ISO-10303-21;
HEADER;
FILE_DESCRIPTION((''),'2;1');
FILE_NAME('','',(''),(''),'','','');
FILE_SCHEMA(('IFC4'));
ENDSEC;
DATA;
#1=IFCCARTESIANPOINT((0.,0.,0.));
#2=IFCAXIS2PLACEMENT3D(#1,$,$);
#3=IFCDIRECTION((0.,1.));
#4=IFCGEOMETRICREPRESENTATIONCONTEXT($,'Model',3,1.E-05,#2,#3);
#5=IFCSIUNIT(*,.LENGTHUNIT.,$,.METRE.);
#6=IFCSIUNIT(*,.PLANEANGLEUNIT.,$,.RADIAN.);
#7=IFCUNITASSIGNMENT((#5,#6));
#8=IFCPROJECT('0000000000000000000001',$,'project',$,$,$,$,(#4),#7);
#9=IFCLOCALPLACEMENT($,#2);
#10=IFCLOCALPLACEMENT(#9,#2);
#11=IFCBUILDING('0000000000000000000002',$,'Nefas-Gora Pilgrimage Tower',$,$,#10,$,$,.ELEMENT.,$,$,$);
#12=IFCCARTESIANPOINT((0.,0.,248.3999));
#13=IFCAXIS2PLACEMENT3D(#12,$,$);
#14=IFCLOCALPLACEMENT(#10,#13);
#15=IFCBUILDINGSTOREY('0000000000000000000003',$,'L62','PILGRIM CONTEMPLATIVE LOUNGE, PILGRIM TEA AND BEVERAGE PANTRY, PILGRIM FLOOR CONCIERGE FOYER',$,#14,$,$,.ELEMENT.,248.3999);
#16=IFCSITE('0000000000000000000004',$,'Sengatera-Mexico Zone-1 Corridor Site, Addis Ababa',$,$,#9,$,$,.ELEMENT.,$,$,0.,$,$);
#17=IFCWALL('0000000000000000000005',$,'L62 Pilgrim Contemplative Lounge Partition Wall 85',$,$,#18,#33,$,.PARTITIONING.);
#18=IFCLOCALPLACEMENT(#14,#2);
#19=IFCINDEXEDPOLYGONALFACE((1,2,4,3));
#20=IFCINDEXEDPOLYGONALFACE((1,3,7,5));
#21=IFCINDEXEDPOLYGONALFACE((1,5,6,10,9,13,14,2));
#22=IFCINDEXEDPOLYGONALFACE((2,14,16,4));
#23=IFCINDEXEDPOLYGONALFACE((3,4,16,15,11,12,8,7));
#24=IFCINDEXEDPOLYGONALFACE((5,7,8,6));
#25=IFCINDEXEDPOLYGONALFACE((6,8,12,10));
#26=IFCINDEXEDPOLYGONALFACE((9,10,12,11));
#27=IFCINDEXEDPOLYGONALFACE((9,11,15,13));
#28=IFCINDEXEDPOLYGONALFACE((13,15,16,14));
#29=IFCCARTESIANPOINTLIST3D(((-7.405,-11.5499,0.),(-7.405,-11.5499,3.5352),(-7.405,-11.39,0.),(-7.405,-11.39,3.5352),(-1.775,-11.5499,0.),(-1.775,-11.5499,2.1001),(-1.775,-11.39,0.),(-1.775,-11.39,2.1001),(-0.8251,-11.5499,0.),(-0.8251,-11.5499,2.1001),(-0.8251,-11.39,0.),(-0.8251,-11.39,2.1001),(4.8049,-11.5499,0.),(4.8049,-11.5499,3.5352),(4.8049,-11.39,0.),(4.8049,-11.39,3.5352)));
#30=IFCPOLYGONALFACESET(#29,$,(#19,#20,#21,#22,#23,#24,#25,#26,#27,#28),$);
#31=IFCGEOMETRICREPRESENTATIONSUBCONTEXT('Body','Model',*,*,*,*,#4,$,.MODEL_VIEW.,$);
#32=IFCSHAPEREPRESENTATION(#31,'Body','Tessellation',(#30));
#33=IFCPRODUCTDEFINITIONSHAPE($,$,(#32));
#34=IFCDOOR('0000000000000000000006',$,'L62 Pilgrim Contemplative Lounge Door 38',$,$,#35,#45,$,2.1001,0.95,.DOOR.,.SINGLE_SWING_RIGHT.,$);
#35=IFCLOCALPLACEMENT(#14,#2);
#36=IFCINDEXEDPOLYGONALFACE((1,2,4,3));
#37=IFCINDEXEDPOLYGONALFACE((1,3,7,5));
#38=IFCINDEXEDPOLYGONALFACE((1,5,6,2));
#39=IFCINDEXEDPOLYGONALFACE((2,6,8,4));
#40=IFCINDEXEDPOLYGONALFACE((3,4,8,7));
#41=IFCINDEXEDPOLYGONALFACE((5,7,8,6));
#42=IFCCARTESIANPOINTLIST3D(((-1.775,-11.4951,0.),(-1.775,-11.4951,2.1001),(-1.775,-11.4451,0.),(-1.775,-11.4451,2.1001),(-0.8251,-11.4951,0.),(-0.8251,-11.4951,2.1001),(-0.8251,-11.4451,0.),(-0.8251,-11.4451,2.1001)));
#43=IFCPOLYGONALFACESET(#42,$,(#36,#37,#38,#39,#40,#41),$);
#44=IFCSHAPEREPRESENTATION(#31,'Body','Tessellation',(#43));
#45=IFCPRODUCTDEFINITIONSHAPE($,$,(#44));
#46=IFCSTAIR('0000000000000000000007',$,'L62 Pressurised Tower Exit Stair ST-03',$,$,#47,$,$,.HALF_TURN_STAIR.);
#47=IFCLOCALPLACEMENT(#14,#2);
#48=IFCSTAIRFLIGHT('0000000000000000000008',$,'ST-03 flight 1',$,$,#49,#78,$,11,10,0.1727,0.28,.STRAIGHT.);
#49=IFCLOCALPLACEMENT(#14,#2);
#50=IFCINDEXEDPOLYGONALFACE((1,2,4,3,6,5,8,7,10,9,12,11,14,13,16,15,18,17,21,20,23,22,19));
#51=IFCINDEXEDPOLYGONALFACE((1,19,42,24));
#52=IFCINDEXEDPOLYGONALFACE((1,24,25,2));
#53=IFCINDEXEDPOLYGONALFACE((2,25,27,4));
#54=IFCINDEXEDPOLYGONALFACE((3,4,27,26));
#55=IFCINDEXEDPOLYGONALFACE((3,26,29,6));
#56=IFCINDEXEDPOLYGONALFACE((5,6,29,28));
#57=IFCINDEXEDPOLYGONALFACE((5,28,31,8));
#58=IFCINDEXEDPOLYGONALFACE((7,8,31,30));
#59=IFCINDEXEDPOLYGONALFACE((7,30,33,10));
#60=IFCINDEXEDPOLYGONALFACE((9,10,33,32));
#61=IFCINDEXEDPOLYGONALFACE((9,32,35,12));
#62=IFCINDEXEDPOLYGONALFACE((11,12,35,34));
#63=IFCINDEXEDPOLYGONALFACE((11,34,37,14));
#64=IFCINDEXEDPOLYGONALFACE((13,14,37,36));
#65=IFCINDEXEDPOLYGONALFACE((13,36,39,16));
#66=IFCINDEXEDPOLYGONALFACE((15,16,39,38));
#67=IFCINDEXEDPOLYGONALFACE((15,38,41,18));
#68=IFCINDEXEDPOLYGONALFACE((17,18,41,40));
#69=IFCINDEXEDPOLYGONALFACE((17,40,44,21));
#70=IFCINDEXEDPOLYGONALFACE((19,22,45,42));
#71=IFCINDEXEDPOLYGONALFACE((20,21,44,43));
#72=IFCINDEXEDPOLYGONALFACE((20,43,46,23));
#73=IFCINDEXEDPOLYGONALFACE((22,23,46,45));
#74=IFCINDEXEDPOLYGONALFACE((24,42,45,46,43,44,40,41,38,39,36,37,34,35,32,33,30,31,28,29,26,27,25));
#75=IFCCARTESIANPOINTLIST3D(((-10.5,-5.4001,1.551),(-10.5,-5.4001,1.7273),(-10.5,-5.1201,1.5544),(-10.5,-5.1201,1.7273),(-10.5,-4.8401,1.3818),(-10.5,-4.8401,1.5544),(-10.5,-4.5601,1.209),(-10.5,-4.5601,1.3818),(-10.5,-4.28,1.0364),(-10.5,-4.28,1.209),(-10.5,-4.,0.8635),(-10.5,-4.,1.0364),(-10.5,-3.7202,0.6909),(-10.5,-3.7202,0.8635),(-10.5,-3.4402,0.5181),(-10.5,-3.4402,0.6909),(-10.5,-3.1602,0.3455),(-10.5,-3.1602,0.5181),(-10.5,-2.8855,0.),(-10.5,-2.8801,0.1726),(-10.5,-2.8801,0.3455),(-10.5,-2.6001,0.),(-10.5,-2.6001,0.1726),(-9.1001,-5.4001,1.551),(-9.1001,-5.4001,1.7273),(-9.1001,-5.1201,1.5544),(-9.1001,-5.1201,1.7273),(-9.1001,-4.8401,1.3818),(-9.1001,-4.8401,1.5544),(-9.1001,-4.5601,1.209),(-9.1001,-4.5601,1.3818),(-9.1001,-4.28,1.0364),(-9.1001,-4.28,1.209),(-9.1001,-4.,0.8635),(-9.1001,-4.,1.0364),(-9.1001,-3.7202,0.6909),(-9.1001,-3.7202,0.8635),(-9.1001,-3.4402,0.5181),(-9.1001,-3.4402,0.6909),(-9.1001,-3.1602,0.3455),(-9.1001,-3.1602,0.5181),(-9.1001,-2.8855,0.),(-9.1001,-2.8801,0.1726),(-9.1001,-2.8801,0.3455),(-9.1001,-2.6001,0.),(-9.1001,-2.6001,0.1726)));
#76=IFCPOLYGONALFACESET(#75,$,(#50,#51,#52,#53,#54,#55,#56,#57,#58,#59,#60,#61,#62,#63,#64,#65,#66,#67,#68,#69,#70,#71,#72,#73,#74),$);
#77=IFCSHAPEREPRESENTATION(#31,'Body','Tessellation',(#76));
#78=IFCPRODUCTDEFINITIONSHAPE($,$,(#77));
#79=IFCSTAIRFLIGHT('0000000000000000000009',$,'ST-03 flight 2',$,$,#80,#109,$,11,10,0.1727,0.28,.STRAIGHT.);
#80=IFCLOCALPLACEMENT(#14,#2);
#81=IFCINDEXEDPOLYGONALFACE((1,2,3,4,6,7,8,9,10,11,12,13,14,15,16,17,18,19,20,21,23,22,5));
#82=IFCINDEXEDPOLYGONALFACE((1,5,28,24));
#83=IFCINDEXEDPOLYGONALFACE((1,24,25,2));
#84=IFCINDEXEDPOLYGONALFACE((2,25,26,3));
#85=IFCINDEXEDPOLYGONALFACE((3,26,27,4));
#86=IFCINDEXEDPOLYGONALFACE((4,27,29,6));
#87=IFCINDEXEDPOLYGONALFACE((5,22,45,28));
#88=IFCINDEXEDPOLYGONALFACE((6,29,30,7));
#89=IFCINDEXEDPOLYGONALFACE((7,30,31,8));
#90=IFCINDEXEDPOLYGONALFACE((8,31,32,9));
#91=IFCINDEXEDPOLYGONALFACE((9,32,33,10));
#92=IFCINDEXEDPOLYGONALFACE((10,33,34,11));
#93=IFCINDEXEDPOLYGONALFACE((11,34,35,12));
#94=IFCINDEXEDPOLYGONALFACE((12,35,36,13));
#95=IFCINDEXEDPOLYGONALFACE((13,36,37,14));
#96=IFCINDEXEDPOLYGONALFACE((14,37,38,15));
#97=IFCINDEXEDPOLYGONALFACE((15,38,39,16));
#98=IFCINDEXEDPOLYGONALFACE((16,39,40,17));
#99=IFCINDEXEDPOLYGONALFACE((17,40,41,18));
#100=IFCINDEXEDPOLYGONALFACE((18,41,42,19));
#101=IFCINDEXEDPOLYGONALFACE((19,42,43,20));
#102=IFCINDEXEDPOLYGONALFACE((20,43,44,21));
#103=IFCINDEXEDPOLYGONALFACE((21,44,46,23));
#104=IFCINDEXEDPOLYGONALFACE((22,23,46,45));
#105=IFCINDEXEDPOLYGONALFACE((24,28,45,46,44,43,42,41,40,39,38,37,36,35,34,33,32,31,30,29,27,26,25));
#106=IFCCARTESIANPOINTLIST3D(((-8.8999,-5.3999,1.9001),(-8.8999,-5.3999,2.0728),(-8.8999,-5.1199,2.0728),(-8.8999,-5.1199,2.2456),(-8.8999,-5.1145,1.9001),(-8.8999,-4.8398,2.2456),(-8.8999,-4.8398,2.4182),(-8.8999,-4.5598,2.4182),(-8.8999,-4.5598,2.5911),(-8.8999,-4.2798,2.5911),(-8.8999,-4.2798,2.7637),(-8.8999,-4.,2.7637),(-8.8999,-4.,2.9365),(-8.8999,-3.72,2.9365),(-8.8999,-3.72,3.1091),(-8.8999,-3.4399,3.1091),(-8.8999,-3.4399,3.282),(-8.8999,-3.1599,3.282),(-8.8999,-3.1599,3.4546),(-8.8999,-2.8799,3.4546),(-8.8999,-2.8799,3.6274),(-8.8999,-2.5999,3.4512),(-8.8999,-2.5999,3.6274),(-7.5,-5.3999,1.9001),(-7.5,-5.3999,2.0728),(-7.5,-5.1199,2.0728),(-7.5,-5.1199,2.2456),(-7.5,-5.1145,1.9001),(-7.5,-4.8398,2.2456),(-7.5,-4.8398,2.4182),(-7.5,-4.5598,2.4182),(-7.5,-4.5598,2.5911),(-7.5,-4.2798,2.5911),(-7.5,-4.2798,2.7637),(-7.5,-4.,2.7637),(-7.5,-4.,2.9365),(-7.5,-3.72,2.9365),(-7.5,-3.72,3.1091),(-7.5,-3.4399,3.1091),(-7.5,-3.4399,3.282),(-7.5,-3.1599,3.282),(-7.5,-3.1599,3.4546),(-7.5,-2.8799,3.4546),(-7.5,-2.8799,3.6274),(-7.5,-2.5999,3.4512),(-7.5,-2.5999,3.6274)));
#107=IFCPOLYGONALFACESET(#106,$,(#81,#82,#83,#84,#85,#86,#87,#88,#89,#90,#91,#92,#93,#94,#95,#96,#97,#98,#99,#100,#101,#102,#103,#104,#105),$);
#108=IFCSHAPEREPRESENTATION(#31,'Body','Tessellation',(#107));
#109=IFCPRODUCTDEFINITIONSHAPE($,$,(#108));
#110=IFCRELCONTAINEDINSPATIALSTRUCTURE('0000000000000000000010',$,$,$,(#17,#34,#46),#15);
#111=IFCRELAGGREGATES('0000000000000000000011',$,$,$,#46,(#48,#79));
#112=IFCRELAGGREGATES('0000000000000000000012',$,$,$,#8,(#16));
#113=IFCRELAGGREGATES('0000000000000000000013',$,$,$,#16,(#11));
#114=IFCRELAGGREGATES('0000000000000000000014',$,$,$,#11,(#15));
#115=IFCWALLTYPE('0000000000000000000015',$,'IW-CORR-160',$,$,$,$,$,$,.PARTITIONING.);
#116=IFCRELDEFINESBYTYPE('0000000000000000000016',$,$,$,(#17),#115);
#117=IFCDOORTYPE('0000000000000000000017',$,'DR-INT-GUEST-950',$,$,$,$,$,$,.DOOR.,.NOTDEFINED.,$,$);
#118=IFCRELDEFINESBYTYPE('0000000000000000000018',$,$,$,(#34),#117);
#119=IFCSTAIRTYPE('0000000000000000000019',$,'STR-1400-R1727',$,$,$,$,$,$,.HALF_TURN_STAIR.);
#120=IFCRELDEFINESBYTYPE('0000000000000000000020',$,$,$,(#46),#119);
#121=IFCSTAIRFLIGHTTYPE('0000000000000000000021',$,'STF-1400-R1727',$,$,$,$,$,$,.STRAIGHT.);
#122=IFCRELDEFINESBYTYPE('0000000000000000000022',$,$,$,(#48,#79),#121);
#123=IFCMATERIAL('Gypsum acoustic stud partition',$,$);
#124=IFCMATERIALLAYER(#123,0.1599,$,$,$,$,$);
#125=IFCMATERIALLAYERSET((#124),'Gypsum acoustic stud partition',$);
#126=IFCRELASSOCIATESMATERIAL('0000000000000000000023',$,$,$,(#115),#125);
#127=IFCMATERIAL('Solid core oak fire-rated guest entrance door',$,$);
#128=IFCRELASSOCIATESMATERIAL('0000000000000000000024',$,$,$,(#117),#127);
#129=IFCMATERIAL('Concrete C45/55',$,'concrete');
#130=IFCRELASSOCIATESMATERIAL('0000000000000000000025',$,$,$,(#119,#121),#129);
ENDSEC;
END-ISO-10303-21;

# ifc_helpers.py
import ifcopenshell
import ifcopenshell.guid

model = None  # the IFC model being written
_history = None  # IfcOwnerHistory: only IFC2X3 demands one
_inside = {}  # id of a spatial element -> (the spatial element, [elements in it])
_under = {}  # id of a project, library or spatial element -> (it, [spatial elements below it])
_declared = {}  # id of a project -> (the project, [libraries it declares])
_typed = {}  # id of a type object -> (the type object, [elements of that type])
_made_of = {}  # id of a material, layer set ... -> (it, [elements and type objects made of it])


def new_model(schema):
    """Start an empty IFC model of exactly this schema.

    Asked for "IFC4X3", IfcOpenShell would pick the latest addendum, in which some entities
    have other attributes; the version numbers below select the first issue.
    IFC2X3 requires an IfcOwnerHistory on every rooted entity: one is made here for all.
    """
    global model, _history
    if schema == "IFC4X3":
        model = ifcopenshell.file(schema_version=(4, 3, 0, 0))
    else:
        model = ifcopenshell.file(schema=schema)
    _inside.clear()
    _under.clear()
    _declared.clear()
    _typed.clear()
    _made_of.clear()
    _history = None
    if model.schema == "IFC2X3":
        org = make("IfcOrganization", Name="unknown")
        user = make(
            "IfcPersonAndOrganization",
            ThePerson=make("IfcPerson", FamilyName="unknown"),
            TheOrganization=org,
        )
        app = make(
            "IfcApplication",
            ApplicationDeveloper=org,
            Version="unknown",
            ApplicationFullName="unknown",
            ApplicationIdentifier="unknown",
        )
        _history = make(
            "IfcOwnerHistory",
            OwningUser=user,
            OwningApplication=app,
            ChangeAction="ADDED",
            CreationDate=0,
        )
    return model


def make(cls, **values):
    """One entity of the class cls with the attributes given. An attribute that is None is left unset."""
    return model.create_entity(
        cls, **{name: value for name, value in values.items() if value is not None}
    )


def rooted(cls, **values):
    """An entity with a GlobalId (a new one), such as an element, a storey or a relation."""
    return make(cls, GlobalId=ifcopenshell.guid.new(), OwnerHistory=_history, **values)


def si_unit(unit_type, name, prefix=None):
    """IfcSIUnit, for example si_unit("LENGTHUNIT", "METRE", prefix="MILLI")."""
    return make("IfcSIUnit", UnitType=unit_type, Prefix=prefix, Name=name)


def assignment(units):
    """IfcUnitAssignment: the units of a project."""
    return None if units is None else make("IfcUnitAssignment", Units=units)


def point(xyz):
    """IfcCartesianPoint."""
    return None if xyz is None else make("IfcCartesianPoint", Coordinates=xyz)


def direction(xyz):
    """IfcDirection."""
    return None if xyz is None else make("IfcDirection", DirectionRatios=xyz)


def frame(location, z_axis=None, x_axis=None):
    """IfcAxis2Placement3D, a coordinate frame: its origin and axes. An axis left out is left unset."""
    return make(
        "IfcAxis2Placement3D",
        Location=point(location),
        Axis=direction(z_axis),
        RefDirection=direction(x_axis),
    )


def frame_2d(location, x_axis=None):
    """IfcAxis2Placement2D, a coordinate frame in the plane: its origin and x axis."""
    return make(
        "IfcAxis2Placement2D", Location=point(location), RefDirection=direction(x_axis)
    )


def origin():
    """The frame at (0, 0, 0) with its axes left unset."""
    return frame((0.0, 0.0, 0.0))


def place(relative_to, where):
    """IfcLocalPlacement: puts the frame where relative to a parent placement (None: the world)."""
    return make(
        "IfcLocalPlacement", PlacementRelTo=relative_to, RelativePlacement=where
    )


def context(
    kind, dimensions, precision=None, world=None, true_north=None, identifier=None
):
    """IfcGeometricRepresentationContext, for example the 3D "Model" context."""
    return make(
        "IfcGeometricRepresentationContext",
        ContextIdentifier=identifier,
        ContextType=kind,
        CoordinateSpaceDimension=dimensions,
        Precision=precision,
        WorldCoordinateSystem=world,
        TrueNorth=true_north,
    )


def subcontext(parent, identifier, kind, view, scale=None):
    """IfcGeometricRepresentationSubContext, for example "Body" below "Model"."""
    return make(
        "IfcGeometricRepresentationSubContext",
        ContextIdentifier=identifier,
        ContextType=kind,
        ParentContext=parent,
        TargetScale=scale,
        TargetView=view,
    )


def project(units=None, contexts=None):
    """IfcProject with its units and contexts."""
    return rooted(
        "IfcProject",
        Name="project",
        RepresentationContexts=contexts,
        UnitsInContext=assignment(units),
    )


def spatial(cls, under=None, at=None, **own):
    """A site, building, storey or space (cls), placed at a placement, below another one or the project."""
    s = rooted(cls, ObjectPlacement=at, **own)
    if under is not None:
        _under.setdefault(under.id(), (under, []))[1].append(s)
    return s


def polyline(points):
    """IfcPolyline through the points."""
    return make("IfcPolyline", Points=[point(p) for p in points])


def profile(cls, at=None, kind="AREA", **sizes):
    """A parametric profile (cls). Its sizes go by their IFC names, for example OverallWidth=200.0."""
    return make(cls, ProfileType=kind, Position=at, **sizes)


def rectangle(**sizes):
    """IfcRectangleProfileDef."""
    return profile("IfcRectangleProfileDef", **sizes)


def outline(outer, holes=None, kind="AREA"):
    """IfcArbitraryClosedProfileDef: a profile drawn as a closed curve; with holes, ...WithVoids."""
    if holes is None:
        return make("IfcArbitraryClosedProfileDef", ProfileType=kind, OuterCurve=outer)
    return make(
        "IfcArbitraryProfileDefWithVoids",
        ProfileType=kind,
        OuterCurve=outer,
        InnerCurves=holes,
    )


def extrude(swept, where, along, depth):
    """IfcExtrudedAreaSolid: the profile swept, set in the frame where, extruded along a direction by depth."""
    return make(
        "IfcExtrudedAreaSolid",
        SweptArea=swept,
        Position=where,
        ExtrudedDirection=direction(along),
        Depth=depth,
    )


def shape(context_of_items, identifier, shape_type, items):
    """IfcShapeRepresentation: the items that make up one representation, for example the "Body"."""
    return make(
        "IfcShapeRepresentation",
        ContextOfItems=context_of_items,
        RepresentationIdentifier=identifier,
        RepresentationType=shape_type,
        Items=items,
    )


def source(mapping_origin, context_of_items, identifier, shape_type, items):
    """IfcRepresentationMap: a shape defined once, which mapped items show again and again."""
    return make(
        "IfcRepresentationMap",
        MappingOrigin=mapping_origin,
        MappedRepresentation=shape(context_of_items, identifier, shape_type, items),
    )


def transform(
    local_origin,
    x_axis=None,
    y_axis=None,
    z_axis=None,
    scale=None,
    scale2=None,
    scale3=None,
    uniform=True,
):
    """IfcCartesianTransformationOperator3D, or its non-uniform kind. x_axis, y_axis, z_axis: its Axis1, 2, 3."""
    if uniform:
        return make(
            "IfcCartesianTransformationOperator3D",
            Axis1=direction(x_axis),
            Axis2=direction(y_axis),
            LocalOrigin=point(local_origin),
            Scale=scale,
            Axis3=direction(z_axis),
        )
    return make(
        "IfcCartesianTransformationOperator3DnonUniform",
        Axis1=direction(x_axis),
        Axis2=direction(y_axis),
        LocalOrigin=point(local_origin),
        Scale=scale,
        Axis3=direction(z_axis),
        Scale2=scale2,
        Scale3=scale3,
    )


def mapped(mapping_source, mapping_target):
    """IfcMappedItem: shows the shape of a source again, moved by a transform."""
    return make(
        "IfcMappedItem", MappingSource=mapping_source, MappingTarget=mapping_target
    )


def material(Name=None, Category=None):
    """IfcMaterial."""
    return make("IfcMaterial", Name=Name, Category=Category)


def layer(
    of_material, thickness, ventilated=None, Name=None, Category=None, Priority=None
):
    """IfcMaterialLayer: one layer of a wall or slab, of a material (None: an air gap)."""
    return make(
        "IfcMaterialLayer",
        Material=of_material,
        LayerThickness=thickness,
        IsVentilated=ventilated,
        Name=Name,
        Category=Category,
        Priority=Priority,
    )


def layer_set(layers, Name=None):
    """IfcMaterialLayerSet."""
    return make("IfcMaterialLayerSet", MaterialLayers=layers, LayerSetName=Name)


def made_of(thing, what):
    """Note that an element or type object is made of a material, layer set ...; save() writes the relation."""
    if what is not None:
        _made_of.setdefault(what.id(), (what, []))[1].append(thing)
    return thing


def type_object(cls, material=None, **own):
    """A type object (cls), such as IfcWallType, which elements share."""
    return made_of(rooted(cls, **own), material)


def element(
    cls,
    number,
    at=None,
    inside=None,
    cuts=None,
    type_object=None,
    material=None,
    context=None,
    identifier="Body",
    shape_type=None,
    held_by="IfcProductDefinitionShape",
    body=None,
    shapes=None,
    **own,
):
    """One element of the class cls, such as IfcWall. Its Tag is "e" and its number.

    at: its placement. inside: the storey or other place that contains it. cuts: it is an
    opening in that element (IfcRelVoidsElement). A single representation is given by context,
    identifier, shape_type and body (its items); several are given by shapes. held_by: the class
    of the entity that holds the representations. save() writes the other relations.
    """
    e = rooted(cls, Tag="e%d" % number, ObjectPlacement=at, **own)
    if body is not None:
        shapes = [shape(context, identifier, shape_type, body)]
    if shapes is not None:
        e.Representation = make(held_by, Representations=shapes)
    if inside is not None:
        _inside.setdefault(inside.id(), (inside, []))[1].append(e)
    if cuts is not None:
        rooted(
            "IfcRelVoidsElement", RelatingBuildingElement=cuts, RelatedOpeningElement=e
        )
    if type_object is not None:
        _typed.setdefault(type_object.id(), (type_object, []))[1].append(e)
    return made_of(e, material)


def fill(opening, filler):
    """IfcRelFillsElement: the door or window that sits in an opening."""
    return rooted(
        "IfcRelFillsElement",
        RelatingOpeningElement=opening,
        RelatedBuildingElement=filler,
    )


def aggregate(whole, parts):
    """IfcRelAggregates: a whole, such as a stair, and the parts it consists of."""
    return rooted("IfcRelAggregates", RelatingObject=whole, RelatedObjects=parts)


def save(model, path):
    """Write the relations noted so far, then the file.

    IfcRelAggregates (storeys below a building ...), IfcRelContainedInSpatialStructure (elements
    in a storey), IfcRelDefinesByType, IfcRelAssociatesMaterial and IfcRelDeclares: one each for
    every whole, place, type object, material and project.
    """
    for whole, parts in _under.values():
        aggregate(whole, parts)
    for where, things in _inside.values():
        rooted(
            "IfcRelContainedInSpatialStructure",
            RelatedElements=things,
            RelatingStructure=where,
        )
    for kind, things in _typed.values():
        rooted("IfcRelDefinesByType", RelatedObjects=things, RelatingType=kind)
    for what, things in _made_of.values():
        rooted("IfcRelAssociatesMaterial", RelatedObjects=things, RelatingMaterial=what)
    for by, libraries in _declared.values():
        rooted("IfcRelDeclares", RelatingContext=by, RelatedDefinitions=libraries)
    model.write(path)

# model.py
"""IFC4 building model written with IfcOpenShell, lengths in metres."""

from ifc_helpers import new_model, si_unit, direction, frame, frame_2d, origin, place, context, subcontext, project, spatial, polyline, rectangle, outline, extrude, source, transform, mapped, material, layer, layer_set, type_object, element, fill, aggregate, save


model = new_model("IFC4")

# Units and contexts
model_context = context("Model", 3, precision=1e-05, world=origin(), true_north=direction((0.0, 1.0)))
body_context = subcontext(model_context, "Body", "Model", "MODEL_VIEW")
ifc_project = project(units=[si_unit("LENGTHUNIT", "METRE"), si_unit("PLANEANGLEUNIT", "RADIAN")], contexts=[model_context])

# Site, building, storey
site_placement = place(None, origin())
site = spatial("IfcSite", under=ifc_project, at=site_placement, Name="Sengatera-Mexico Zone-1 Corridor Site, Addis Ababa", CompositionType="ELEMENT", RefElevation=0.0)
building_placement = place(site_placement, origin())
building = spatial("IfcBuilding", under=site, at=building_placement, Name="Nefas-Gora Pilgrimage Tower", CompositionType="ELEMENT")
storey_placement = place(building_placement, frame((0.0, 0.0, 248.3999)))
storey = spatial("IfcBuildingStorey", under=building, at=storey_placement, Name="L62", Description="PILGRIM CONTEMPLATIVE LOUNGE, PILGRIM TEA AND BEVERAGE PANTRY, PILGRIM FLOOR CONCIERGE FOYER", CompositionType="ELEMENT", Elevation=248.3999)

# Shared definitions
ifc_material_1 = material(Name="Concrete C45/55", Category="concrete")

# Shared definitions
ifc_material_2 = material(Name="Gypsum acoustic stud partition")
ifc_layer_1 = layer(ifc_material_2, 0.1599)
ifc_layer_set_1 = layer_set([ifc_layer_1], Name="Gypsum acoustic stud partition")
wall_type_1 = type_object("IfcWallType", Name="IW-CORR-160", PredefinedType="PARTITIONING", material=ifc_layer_set_1)

# Wall, opening, door
shared_shape_1 = source(origin(), body_context, "Body", "SweptSolid", [
    extrude(rectangle(XDim=12.21, YDim=0.1599, at=frame_2d((6.105, 0.0))), origin(), (0.0, 0.0, 1.0), 3.5352),
])
wall_1_placement = place(storey_placement, frame((-7.405, -11.47, 0.0), z_axis=(0.0, 0.0, 1.0), x_axis=(1.0, 0.0, 0.0)))
wall_1 = element("IfcWall", 1, at=wall_1_placement, inside=storey, type_object=wall_type_1, Name="L62 Pilgrim Contemplative Lounge Partition Wall 85", PredefinedType="PARTITIONING", context=body_context, shape_type="MappedRepresentation", body=[
    mapped(shared_shape_1, transform((0.0, 0.0, 0.0), x_axis=(1.0, 0.0, 0.0), y_axis=(0.0, 1.0, 0.0), z_axis=(0.0, 0.0, 1.0), scale=1.0)),
])
opening_1_placement = place(wall_1_placement, frame((5.6299, 0.0, 0.0)))
opening_1 = element("IfcOpeningElement", 2, at=opening_1_placement, cuts=wall_1, PredefinedType="OPENING", context=body_context, shape_type="SweptSolid", body=[
    extrude(rectangle(XDim=0.95, YDim=2.1001, at=frame_2d((0.4751, 1.05))), frame((0.0, 0.0898, 0.0), z_axis=(0.0, -1.0, 0.0), x_axis=(1.0, 0.0, 0.0)), (0.0, 0.0, 1.0), 0.1799),
])
ifc_material_3 = material(Name="Solid core oak fire-rated guest entrance door")
door_type_1 = type_object("IfcDoorType", Name="DR-INT-GUEST-950", OperationType="NOTDEFINED", PredefinedType="DOOR", material=ifc_material_3)
shared_shape_2 = source(origin(), body_context, "Body", "SweptSolid", [
    extrude(rectangle(XDim=0.95, YDim=2.1001, at=frame_2d((0.4751, 1.05))), frame((0.0, 0.0249, 0.0), z_axis=(0.0, -1.0, 0.0), x_axis=(1.0, 0.0, 0.0)), (0.0, 0.0, 1.0), 0.05),
])
door_1_placement = place(opening_1_placement, origin())
door_1 = element("IfcDoor", 3, at=door_1_placement, inside=storey, type_object=door_type_1, Name="L62 Pilgrim Contemplative Lounge Door 38", OperationType="SINGLE_SWING_RIGHT", OverallHeight=2.1001, OverallWidth=0.95, PredefinedType="DOOR", context=body_context, shape_type="MappedRepresentation", body=[
    mapped(shared_shape_2, transform((0.0, 0.0, 0.0), x_axis=(1.0, 0.0, 0.0), y_axis=(0.0, 1.0, 0.0), z_axis=(0.0, 0.0, 1.0), scale=1.0)),
])
fill(opening_1, door_1)

# Stair, stair flights
stair_type = type_object("IfcStairType", Name="STR-1400-R1727", PredefinedType="HALF_TURN_STAIR", material=ifc_material_1)
stair_placement = place(storey_placement, origin())
stair = element("IfcStair", 4, at=stair_placement, inside=storey, type_object=stair_type, Name="L62 Pressurised Tower Exit Stair ST-03", PredefinedType="HALF_TURN_STAIR")
stair_flight_type = type_object("IfcStairFlightType", Name="STF-1400-R1727", PredefinedType="STRAIGHT", material=ifc_material_1)
shared_shape_3 = source(origin(), body_context, "Body", "SweptSolid", [
    extrude(outline(polyline([(0.0, 0.0), (0.0, 0.1726), (0.28, 0.1726), (0.28, 0.3455), (0.5601, 0.3455), (0.5601, 0.5181), (0.8401, 0.5181), (0.8401, 0.6909), (1.1201, 0.6909), (1.1201, 0.8635), (1.3999, 0.8635), (1.3999, 1.0364), (1.6799, 1.0364), (1.6799, 1.209), (1.96, 1.209), (1.96, 1.3818), (2.24, 1.3818), (2.24, 1.5544), (2.52, 1.5544), (2.52, 1.7273), (2.8, 1.7273), (2.8, 1.8999), (2.8, 1.551), (0.2854, 0.0), (0.0, 0.0)])), frame((0.0, 0.7, 0.0), z_axis=(0.0, -1.0, 0.0), x_axis=(1.0, 0.0, 0.0)), (0.0, 0.0, 1.0), 1.3999),
])
stair_flight_1_placement = place(storey_placement, frame((-9.8, -2.6001, 0.0), z_axis=(0.0, 0.0, 1.0), x_axis=(0.0, -1.0, 0.0)))
stair_flight_1 = element("IfcStairFlight", 5, at=stair_flight_1_placement, type_object=stair_flight_type, Name="ST-03 flight 1", NumberOfRisers=11, NumberOfTreads=10, PredefinedType="STRAIGHT", RiserHeight=0.1727, TreadLength=0.28, context=body_context, shape_type="MappedRepresentation", body=[
    mapped(shared_shape_3, transform((0.0, 0.0, 0.0), x_axis=(1.0, 0.0, 0.0), y_axis=(0.0, 1.0, 0.0), z_axis=(0.0, 0.0, 1.0), scale=1.0)),
])
stair_flight_2_placement = place(storey_placement, frame((-8.2, -5.3999, 1.9001), z_axis=(0.0, 0.0, 1.0), x_axis=(0.0, 1.0, 0.0)))
stair_flight_2 = element("IfcStairFlight", 6, at=stair_flight_2_placement, type_object=stair_flight_type, Name="ST-03 flight 2", NumberOfRisers=11, NumberOfTreads=10, PredefinedType="STRAIGHT", RiserHeight=0.1727, TreadLength=0.28, context=body_context, shape_type="MappedRepresentation", body=[
    mapped(shared_shape_3, transform((0.0, 0.0, 0.0), x_axis=(1.0, 0.0, 0.0), y_axis=(0.0, 1.0, 0.0), z_axis=(0.0, 0.0, 1.0), scale=1.0)),
])
aggregate(stair, [stair_flight_1, stair_flight_2])

save(model, "model.ifc")
